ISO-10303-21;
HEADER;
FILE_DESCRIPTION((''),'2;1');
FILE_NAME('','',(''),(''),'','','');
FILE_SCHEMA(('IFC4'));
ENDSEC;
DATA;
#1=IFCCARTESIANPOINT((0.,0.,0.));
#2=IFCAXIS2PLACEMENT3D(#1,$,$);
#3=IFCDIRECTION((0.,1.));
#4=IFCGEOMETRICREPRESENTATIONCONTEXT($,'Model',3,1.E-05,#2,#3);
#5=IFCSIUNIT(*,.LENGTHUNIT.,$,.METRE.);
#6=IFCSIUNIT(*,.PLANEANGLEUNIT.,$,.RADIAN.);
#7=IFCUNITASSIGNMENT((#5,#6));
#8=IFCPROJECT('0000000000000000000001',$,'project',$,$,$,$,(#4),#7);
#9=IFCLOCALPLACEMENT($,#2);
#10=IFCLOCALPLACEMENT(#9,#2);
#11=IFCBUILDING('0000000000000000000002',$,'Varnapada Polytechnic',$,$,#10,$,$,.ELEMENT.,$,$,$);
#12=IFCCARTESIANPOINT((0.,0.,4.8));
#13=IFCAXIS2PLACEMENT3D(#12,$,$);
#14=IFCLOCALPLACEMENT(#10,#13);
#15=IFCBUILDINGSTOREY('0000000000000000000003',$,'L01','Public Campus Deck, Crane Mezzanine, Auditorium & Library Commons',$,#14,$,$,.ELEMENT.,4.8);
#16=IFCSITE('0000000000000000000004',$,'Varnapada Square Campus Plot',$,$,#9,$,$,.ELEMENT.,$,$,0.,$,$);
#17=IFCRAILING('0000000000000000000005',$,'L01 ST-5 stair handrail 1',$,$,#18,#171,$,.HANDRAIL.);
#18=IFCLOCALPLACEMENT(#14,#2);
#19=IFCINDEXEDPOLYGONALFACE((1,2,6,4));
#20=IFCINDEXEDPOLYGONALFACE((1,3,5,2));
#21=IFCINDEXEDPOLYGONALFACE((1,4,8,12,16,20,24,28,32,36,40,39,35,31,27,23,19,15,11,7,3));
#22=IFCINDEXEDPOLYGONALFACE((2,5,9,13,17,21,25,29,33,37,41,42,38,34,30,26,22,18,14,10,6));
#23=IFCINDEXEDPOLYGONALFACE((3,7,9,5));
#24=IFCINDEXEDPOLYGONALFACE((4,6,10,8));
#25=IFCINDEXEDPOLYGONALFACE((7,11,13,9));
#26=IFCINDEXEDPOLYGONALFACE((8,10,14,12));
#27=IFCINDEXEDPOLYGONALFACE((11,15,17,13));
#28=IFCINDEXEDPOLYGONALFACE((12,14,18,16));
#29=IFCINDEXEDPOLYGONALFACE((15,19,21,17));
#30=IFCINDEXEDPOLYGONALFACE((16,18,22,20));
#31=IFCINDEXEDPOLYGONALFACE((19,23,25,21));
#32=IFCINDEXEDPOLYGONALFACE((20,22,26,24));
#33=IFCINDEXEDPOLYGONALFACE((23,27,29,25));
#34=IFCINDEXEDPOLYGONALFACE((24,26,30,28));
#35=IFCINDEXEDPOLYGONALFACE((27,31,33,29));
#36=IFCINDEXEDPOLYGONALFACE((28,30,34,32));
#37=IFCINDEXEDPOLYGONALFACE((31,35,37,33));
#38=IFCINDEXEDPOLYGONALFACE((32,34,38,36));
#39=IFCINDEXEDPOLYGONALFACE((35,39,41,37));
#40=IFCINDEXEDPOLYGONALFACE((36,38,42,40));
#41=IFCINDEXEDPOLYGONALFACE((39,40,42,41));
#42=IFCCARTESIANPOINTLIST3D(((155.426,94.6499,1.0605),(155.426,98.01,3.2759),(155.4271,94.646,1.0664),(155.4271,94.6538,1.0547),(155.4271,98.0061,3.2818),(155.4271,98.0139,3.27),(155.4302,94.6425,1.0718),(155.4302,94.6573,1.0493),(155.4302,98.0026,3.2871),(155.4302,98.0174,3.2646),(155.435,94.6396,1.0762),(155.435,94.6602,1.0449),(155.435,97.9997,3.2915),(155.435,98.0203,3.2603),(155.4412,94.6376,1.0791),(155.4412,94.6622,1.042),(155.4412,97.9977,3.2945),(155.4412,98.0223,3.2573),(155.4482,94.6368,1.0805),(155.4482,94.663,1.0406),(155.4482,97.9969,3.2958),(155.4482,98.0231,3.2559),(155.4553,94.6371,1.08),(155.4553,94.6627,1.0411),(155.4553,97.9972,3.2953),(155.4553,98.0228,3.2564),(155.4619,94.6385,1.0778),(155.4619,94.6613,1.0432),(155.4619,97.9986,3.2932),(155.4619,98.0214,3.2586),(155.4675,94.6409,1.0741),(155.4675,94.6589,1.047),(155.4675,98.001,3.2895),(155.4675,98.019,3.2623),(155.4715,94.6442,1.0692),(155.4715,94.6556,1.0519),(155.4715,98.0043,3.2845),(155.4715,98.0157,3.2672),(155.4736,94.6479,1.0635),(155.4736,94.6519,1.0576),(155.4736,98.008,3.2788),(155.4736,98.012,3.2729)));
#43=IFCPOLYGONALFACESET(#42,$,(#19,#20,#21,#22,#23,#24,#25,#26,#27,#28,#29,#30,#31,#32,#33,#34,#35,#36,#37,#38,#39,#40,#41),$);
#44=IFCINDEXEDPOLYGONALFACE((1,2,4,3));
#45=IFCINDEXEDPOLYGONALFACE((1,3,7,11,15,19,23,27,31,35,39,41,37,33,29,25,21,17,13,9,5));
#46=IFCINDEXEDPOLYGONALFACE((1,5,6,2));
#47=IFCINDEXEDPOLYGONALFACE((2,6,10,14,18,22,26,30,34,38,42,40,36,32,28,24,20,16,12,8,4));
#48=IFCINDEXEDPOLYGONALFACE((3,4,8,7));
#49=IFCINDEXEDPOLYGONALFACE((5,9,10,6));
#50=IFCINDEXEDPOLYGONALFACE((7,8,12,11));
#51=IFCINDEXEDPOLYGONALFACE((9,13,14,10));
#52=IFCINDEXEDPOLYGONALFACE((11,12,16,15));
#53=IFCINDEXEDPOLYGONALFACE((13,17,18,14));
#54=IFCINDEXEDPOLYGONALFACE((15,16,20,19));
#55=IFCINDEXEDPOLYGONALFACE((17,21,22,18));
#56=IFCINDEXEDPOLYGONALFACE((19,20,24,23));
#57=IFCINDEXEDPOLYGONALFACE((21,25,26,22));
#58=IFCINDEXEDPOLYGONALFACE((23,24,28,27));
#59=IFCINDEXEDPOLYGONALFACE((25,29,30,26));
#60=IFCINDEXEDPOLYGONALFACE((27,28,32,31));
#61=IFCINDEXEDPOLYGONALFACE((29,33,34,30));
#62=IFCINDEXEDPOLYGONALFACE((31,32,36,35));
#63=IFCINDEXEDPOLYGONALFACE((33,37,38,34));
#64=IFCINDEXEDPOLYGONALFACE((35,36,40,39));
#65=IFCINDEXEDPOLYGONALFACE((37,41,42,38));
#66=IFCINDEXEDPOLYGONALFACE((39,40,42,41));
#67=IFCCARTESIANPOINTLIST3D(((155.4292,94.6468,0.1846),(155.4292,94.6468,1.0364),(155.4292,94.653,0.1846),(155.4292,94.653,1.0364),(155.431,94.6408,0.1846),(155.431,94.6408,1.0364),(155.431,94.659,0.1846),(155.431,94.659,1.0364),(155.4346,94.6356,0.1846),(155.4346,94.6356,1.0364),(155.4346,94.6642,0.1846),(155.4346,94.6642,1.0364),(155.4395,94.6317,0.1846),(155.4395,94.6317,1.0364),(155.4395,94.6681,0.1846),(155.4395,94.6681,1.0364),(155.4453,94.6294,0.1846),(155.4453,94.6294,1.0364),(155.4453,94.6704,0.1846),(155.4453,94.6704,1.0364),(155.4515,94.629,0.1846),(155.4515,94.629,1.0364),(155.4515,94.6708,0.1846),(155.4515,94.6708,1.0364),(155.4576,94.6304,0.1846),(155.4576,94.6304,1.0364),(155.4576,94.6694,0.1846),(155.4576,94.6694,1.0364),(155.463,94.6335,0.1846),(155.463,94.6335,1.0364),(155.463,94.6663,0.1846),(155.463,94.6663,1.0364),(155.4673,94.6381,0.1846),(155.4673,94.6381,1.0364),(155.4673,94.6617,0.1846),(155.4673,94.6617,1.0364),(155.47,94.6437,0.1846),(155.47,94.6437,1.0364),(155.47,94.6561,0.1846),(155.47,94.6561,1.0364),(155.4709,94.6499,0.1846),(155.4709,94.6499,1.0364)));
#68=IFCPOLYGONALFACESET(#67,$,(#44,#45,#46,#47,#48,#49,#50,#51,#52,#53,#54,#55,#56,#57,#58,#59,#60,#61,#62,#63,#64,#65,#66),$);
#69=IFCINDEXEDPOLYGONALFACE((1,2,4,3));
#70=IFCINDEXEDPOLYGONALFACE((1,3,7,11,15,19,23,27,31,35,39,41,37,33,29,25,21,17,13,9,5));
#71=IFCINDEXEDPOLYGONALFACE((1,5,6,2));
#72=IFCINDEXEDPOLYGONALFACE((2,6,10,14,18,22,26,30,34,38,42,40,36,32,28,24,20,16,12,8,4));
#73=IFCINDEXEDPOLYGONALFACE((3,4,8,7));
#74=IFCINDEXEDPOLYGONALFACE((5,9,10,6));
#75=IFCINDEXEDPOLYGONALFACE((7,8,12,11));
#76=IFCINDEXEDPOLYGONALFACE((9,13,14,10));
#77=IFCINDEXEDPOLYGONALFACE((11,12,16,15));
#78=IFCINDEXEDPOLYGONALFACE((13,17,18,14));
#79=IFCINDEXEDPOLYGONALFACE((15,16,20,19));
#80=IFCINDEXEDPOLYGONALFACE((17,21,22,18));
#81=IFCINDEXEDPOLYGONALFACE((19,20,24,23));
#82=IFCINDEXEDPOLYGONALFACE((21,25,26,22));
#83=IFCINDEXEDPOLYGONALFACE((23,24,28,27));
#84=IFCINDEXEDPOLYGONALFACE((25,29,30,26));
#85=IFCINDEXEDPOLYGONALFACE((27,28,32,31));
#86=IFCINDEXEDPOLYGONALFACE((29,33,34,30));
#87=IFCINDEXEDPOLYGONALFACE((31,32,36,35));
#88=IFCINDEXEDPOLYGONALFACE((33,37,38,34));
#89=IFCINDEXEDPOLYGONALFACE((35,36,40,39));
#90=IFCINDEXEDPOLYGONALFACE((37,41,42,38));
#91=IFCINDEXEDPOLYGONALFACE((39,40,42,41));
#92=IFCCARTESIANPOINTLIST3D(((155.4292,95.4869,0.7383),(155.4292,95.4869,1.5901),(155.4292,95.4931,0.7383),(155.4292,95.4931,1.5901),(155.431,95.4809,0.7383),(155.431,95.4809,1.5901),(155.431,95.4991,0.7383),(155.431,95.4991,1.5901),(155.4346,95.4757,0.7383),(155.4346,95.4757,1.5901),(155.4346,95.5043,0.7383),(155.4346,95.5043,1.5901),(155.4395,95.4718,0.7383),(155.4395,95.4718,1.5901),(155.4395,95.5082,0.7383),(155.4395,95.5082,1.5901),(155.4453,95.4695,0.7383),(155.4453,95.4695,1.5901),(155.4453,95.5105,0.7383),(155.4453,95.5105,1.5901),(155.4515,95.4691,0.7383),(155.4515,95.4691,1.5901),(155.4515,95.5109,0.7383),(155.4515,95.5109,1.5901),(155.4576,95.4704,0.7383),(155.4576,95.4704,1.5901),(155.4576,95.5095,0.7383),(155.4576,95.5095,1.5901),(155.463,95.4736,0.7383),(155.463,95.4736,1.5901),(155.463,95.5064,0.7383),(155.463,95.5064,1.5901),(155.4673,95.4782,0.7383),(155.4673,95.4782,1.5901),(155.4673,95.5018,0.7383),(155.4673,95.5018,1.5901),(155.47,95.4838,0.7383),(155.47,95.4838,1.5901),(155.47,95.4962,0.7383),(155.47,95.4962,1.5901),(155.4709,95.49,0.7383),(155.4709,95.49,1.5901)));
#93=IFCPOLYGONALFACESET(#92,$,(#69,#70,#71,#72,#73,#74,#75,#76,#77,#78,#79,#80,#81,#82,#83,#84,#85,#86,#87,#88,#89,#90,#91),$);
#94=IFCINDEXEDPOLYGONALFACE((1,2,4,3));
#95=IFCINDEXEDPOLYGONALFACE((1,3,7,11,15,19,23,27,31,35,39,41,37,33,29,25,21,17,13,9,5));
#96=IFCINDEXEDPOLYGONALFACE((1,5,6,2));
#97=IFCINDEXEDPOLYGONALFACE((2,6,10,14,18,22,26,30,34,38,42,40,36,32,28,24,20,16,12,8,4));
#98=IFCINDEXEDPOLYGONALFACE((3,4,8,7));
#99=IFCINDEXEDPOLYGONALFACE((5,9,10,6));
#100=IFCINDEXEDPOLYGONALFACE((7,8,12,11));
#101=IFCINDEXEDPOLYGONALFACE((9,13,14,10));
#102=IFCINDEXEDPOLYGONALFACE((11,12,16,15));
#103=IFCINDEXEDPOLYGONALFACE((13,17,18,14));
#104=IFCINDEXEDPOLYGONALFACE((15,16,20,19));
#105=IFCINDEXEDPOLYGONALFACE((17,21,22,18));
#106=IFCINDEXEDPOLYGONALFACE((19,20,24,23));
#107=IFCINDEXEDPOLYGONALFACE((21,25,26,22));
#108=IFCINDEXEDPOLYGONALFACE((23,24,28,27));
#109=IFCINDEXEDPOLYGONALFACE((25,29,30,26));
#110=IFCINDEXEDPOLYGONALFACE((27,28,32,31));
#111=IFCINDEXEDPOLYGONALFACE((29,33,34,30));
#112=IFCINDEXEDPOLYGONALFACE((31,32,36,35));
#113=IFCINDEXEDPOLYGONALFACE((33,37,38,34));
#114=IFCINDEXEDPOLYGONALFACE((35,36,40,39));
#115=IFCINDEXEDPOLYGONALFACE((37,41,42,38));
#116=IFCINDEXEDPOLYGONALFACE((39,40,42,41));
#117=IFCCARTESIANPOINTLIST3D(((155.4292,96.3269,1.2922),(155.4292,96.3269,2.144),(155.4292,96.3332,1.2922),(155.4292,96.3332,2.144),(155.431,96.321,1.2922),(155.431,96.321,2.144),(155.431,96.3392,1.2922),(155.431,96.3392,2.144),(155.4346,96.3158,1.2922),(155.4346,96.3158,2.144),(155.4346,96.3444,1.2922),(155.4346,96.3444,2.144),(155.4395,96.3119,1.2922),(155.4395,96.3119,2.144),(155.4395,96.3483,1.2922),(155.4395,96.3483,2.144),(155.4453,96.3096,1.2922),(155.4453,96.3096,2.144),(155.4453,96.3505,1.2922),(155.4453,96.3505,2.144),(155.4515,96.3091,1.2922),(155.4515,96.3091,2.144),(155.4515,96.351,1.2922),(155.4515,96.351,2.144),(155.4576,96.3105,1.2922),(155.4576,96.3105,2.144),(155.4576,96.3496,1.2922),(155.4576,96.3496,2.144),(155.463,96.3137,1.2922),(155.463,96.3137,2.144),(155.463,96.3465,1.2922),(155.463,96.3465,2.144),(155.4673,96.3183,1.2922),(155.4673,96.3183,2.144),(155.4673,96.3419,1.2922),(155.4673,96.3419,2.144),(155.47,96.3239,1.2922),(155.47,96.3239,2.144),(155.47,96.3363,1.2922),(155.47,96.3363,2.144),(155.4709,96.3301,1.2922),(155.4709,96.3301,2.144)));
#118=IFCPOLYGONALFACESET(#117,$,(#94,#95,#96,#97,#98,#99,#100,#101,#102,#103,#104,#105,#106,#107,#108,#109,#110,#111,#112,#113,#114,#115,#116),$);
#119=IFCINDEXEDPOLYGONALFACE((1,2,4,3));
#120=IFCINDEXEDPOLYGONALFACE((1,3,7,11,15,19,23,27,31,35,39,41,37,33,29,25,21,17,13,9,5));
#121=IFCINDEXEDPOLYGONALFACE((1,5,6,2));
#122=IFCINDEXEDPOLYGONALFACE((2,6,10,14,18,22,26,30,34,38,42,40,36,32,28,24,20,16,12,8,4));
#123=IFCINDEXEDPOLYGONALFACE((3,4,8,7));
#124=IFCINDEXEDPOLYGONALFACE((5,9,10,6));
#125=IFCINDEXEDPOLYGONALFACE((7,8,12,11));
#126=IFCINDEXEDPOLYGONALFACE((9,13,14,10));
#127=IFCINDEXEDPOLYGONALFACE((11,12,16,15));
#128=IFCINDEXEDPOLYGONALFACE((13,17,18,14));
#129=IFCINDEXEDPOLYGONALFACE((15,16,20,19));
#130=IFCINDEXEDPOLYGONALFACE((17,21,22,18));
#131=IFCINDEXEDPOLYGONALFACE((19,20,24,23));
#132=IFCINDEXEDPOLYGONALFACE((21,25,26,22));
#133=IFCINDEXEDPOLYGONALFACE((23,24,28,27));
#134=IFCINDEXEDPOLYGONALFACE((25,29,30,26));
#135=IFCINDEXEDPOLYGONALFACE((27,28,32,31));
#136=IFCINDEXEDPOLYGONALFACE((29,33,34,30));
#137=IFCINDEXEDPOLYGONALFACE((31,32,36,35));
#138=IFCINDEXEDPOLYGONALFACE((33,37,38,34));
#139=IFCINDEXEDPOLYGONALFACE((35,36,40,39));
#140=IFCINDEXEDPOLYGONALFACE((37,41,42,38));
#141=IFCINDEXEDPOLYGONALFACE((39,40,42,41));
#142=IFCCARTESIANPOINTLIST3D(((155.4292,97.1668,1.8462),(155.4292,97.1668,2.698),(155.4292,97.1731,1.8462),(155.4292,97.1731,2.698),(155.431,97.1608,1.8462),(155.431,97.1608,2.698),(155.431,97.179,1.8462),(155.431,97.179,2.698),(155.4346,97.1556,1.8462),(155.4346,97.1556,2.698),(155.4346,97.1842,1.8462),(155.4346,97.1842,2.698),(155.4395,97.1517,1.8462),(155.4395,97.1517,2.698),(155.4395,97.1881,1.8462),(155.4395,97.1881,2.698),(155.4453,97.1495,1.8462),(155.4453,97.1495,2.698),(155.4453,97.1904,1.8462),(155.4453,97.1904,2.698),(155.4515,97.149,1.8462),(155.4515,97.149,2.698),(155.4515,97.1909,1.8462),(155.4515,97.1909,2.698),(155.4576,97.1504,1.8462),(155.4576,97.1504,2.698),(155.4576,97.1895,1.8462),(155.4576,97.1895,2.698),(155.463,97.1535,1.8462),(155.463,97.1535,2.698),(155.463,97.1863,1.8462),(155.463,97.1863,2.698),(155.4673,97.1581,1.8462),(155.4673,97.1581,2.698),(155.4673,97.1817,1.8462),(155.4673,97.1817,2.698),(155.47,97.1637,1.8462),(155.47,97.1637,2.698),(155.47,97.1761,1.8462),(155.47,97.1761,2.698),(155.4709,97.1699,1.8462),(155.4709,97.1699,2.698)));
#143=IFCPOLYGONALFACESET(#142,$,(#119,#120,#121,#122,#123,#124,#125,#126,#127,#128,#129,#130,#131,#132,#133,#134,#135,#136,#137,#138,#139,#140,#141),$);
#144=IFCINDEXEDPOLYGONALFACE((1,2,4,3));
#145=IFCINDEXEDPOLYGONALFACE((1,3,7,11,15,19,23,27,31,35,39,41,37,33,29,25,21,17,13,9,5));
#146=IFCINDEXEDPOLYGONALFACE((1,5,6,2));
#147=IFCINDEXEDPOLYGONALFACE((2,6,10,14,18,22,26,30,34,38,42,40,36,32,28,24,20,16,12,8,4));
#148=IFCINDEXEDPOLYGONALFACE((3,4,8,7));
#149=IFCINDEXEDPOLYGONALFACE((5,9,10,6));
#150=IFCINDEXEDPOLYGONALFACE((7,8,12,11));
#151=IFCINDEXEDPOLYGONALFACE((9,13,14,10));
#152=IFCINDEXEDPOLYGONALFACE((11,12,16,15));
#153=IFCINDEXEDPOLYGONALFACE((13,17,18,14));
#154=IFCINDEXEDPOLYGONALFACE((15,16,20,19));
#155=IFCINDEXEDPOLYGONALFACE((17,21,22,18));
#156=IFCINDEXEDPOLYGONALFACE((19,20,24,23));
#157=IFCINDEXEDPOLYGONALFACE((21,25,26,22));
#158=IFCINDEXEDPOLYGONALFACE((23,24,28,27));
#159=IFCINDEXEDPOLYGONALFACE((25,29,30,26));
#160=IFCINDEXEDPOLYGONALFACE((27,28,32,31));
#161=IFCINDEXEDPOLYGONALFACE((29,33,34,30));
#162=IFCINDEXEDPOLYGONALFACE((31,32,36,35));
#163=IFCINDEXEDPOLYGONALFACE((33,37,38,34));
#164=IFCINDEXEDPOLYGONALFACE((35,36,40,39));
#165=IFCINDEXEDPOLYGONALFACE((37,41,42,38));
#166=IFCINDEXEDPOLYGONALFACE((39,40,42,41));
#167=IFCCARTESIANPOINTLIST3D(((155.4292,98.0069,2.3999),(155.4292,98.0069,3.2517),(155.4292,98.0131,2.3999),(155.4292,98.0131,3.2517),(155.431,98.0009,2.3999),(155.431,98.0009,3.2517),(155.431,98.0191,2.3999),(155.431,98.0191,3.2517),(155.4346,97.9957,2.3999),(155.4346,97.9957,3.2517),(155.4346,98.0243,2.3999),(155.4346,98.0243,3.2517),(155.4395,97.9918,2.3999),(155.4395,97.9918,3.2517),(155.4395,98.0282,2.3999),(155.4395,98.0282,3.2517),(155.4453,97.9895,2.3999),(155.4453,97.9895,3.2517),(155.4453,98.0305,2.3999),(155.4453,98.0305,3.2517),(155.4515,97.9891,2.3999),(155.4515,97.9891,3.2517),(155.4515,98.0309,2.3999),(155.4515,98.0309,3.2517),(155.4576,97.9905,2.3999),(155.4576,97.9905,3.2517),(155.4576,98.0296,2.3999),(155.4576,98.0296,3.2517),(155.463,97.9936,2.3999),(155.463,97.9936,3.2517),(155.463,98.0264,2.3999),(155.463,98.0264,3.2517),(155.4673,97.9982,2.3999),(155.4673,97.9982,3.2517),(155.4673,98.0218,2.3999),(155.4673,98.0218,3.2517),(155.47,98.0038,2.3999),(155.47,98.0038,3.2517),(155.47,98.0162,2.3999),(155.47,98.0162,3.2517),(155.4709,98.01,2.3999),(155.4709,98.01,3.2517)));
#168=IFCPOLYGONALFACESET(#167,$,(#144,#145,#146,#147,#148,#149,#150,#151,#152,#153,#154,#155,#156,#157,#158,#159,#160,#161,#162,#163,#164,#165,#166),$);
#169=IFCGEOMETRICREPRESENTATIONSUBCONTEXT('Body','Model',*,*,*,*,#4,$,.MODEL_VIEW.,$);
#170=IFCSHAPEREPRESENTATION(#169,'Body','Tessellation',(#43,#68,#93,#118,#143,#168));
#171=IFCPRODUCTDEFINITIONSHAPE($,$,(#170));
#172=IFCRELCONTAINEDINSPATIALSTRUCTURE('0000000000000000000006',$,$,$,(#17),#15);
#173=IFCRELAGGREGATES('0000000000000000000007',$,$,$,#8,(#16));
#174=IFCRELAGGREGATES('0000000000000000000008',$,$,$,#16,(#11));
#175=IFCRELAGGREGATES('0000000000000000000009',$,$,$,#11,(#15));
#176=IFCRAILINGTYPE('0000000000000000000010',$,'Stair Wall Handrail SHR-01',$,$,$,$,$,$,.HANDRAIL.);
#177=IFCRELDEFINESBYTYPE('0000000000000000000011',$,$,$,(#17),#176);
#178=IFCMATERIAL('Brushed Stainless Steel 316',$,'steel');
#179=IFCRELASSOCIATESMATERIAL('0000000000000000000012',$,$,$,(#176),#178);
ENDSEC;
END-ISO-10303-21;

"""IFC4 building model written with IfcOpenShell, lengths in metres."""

from ifc_helpers import new_model, si_unit, direction, frame, origin, origin_2d, place, context, subcontext, project, spatial, circle, extrude, material, type_object, element, save


model = new_model("IFC4")

# Units and contexts
model_context = context("Model", 3, precision=1e-05, world=origin(), true_north=direction((0.0, 1.0)))
body_context = subcontext(model_context, "Body", "Model", "MODEL_VIEW")
ifc_project = project(units=[si_unit("LENGTHUNIT", "METRE"), si_unit("PLANEANGLEUNIT", "RADIAN")], contexts=[model_context])

# Site, building, storey
site_placement = place(None, origin())
site = spatial("IfcSite", under=ifc_project, at=site_placement, Name="Varnapada Square Campus Plot", CompositionType="ELEMENT", RefElevation=0.0)
building_placement = place(site_placement, origin())
building = spatial("IfcBuilding", under=site, at=building_placement, Name="Varnapada Polytechnic", CompositionType="ELEMENT")
storey_placement = place(building_placement, frame((0.0, 0.0, 4.8)))
storey = spatial("IfcBuildingStorey", under=building, at=storey_placement, Name="L01", Description="Public Campus Deck, Crane Mezzanine, Auditorium & Library Commons", CompositionType="ELEMENT", Elevation=4.8)

# Shared definitions
ifc_material_1 = material(Name="Brushed Stainless Steel 316", Category="steel")

# Railing
railing_type_1 = type_object("IfcRailingType", Name="Stair Wall Handrail SHR-01", PredefinedType="HANDRAIL", material=ifc_material_1)
railing_1_placement = place(storey_placement, frame((155.45, 94.6499, 0.1846)))
element("IfcRailing", 1, at=railing_1_placement, inside=storey, type_object=railing_type_1, Name="L01 ST-5 stair handrail 1", PredefinedType="HANDRAIL", context=body_context, shape_type="SweptSolid", body=[
    extrude(circle(Radius=0.0239, at=origin_2d()), frame((0.0, 0.0, 0.876), z_axis=(0.0, 0.834876, 0.550437), x_axis=(-1.0, 0.0, 0.0)), (0.0, 0.0, 1.0), 4.0247),
    extrude(circle(Radius=0.021, at=origin_2d()), origin(), (0.0, 0.0, 1.0), 0.8518),
    extrude(circle(Radius=0.021, at=origin_2d()), frame((0.0, 0.8401, 0.5537)), (0.0, 0.0, 1.0), 0.8518),
    extrude(circle(Radius=0.021, at=origin_2d()), frame((0.0, 1.6802, 1.1077)), (0.0, 0.0, 1.0), 0.8518),
    extrude(circle(Radius=0.021, at=origin_2d()), frame((0.0, 2.52, 1.6616)), (0.0, 0.0, 1.0), 0.8518),
    extrude(circle(Radius=0.021, at=origin_2d()), frame((0.0, 3.3601, 2.2153)), (0.0, 0.0, 1.0), 0.8518),
])

save(model, "model.ifc")
